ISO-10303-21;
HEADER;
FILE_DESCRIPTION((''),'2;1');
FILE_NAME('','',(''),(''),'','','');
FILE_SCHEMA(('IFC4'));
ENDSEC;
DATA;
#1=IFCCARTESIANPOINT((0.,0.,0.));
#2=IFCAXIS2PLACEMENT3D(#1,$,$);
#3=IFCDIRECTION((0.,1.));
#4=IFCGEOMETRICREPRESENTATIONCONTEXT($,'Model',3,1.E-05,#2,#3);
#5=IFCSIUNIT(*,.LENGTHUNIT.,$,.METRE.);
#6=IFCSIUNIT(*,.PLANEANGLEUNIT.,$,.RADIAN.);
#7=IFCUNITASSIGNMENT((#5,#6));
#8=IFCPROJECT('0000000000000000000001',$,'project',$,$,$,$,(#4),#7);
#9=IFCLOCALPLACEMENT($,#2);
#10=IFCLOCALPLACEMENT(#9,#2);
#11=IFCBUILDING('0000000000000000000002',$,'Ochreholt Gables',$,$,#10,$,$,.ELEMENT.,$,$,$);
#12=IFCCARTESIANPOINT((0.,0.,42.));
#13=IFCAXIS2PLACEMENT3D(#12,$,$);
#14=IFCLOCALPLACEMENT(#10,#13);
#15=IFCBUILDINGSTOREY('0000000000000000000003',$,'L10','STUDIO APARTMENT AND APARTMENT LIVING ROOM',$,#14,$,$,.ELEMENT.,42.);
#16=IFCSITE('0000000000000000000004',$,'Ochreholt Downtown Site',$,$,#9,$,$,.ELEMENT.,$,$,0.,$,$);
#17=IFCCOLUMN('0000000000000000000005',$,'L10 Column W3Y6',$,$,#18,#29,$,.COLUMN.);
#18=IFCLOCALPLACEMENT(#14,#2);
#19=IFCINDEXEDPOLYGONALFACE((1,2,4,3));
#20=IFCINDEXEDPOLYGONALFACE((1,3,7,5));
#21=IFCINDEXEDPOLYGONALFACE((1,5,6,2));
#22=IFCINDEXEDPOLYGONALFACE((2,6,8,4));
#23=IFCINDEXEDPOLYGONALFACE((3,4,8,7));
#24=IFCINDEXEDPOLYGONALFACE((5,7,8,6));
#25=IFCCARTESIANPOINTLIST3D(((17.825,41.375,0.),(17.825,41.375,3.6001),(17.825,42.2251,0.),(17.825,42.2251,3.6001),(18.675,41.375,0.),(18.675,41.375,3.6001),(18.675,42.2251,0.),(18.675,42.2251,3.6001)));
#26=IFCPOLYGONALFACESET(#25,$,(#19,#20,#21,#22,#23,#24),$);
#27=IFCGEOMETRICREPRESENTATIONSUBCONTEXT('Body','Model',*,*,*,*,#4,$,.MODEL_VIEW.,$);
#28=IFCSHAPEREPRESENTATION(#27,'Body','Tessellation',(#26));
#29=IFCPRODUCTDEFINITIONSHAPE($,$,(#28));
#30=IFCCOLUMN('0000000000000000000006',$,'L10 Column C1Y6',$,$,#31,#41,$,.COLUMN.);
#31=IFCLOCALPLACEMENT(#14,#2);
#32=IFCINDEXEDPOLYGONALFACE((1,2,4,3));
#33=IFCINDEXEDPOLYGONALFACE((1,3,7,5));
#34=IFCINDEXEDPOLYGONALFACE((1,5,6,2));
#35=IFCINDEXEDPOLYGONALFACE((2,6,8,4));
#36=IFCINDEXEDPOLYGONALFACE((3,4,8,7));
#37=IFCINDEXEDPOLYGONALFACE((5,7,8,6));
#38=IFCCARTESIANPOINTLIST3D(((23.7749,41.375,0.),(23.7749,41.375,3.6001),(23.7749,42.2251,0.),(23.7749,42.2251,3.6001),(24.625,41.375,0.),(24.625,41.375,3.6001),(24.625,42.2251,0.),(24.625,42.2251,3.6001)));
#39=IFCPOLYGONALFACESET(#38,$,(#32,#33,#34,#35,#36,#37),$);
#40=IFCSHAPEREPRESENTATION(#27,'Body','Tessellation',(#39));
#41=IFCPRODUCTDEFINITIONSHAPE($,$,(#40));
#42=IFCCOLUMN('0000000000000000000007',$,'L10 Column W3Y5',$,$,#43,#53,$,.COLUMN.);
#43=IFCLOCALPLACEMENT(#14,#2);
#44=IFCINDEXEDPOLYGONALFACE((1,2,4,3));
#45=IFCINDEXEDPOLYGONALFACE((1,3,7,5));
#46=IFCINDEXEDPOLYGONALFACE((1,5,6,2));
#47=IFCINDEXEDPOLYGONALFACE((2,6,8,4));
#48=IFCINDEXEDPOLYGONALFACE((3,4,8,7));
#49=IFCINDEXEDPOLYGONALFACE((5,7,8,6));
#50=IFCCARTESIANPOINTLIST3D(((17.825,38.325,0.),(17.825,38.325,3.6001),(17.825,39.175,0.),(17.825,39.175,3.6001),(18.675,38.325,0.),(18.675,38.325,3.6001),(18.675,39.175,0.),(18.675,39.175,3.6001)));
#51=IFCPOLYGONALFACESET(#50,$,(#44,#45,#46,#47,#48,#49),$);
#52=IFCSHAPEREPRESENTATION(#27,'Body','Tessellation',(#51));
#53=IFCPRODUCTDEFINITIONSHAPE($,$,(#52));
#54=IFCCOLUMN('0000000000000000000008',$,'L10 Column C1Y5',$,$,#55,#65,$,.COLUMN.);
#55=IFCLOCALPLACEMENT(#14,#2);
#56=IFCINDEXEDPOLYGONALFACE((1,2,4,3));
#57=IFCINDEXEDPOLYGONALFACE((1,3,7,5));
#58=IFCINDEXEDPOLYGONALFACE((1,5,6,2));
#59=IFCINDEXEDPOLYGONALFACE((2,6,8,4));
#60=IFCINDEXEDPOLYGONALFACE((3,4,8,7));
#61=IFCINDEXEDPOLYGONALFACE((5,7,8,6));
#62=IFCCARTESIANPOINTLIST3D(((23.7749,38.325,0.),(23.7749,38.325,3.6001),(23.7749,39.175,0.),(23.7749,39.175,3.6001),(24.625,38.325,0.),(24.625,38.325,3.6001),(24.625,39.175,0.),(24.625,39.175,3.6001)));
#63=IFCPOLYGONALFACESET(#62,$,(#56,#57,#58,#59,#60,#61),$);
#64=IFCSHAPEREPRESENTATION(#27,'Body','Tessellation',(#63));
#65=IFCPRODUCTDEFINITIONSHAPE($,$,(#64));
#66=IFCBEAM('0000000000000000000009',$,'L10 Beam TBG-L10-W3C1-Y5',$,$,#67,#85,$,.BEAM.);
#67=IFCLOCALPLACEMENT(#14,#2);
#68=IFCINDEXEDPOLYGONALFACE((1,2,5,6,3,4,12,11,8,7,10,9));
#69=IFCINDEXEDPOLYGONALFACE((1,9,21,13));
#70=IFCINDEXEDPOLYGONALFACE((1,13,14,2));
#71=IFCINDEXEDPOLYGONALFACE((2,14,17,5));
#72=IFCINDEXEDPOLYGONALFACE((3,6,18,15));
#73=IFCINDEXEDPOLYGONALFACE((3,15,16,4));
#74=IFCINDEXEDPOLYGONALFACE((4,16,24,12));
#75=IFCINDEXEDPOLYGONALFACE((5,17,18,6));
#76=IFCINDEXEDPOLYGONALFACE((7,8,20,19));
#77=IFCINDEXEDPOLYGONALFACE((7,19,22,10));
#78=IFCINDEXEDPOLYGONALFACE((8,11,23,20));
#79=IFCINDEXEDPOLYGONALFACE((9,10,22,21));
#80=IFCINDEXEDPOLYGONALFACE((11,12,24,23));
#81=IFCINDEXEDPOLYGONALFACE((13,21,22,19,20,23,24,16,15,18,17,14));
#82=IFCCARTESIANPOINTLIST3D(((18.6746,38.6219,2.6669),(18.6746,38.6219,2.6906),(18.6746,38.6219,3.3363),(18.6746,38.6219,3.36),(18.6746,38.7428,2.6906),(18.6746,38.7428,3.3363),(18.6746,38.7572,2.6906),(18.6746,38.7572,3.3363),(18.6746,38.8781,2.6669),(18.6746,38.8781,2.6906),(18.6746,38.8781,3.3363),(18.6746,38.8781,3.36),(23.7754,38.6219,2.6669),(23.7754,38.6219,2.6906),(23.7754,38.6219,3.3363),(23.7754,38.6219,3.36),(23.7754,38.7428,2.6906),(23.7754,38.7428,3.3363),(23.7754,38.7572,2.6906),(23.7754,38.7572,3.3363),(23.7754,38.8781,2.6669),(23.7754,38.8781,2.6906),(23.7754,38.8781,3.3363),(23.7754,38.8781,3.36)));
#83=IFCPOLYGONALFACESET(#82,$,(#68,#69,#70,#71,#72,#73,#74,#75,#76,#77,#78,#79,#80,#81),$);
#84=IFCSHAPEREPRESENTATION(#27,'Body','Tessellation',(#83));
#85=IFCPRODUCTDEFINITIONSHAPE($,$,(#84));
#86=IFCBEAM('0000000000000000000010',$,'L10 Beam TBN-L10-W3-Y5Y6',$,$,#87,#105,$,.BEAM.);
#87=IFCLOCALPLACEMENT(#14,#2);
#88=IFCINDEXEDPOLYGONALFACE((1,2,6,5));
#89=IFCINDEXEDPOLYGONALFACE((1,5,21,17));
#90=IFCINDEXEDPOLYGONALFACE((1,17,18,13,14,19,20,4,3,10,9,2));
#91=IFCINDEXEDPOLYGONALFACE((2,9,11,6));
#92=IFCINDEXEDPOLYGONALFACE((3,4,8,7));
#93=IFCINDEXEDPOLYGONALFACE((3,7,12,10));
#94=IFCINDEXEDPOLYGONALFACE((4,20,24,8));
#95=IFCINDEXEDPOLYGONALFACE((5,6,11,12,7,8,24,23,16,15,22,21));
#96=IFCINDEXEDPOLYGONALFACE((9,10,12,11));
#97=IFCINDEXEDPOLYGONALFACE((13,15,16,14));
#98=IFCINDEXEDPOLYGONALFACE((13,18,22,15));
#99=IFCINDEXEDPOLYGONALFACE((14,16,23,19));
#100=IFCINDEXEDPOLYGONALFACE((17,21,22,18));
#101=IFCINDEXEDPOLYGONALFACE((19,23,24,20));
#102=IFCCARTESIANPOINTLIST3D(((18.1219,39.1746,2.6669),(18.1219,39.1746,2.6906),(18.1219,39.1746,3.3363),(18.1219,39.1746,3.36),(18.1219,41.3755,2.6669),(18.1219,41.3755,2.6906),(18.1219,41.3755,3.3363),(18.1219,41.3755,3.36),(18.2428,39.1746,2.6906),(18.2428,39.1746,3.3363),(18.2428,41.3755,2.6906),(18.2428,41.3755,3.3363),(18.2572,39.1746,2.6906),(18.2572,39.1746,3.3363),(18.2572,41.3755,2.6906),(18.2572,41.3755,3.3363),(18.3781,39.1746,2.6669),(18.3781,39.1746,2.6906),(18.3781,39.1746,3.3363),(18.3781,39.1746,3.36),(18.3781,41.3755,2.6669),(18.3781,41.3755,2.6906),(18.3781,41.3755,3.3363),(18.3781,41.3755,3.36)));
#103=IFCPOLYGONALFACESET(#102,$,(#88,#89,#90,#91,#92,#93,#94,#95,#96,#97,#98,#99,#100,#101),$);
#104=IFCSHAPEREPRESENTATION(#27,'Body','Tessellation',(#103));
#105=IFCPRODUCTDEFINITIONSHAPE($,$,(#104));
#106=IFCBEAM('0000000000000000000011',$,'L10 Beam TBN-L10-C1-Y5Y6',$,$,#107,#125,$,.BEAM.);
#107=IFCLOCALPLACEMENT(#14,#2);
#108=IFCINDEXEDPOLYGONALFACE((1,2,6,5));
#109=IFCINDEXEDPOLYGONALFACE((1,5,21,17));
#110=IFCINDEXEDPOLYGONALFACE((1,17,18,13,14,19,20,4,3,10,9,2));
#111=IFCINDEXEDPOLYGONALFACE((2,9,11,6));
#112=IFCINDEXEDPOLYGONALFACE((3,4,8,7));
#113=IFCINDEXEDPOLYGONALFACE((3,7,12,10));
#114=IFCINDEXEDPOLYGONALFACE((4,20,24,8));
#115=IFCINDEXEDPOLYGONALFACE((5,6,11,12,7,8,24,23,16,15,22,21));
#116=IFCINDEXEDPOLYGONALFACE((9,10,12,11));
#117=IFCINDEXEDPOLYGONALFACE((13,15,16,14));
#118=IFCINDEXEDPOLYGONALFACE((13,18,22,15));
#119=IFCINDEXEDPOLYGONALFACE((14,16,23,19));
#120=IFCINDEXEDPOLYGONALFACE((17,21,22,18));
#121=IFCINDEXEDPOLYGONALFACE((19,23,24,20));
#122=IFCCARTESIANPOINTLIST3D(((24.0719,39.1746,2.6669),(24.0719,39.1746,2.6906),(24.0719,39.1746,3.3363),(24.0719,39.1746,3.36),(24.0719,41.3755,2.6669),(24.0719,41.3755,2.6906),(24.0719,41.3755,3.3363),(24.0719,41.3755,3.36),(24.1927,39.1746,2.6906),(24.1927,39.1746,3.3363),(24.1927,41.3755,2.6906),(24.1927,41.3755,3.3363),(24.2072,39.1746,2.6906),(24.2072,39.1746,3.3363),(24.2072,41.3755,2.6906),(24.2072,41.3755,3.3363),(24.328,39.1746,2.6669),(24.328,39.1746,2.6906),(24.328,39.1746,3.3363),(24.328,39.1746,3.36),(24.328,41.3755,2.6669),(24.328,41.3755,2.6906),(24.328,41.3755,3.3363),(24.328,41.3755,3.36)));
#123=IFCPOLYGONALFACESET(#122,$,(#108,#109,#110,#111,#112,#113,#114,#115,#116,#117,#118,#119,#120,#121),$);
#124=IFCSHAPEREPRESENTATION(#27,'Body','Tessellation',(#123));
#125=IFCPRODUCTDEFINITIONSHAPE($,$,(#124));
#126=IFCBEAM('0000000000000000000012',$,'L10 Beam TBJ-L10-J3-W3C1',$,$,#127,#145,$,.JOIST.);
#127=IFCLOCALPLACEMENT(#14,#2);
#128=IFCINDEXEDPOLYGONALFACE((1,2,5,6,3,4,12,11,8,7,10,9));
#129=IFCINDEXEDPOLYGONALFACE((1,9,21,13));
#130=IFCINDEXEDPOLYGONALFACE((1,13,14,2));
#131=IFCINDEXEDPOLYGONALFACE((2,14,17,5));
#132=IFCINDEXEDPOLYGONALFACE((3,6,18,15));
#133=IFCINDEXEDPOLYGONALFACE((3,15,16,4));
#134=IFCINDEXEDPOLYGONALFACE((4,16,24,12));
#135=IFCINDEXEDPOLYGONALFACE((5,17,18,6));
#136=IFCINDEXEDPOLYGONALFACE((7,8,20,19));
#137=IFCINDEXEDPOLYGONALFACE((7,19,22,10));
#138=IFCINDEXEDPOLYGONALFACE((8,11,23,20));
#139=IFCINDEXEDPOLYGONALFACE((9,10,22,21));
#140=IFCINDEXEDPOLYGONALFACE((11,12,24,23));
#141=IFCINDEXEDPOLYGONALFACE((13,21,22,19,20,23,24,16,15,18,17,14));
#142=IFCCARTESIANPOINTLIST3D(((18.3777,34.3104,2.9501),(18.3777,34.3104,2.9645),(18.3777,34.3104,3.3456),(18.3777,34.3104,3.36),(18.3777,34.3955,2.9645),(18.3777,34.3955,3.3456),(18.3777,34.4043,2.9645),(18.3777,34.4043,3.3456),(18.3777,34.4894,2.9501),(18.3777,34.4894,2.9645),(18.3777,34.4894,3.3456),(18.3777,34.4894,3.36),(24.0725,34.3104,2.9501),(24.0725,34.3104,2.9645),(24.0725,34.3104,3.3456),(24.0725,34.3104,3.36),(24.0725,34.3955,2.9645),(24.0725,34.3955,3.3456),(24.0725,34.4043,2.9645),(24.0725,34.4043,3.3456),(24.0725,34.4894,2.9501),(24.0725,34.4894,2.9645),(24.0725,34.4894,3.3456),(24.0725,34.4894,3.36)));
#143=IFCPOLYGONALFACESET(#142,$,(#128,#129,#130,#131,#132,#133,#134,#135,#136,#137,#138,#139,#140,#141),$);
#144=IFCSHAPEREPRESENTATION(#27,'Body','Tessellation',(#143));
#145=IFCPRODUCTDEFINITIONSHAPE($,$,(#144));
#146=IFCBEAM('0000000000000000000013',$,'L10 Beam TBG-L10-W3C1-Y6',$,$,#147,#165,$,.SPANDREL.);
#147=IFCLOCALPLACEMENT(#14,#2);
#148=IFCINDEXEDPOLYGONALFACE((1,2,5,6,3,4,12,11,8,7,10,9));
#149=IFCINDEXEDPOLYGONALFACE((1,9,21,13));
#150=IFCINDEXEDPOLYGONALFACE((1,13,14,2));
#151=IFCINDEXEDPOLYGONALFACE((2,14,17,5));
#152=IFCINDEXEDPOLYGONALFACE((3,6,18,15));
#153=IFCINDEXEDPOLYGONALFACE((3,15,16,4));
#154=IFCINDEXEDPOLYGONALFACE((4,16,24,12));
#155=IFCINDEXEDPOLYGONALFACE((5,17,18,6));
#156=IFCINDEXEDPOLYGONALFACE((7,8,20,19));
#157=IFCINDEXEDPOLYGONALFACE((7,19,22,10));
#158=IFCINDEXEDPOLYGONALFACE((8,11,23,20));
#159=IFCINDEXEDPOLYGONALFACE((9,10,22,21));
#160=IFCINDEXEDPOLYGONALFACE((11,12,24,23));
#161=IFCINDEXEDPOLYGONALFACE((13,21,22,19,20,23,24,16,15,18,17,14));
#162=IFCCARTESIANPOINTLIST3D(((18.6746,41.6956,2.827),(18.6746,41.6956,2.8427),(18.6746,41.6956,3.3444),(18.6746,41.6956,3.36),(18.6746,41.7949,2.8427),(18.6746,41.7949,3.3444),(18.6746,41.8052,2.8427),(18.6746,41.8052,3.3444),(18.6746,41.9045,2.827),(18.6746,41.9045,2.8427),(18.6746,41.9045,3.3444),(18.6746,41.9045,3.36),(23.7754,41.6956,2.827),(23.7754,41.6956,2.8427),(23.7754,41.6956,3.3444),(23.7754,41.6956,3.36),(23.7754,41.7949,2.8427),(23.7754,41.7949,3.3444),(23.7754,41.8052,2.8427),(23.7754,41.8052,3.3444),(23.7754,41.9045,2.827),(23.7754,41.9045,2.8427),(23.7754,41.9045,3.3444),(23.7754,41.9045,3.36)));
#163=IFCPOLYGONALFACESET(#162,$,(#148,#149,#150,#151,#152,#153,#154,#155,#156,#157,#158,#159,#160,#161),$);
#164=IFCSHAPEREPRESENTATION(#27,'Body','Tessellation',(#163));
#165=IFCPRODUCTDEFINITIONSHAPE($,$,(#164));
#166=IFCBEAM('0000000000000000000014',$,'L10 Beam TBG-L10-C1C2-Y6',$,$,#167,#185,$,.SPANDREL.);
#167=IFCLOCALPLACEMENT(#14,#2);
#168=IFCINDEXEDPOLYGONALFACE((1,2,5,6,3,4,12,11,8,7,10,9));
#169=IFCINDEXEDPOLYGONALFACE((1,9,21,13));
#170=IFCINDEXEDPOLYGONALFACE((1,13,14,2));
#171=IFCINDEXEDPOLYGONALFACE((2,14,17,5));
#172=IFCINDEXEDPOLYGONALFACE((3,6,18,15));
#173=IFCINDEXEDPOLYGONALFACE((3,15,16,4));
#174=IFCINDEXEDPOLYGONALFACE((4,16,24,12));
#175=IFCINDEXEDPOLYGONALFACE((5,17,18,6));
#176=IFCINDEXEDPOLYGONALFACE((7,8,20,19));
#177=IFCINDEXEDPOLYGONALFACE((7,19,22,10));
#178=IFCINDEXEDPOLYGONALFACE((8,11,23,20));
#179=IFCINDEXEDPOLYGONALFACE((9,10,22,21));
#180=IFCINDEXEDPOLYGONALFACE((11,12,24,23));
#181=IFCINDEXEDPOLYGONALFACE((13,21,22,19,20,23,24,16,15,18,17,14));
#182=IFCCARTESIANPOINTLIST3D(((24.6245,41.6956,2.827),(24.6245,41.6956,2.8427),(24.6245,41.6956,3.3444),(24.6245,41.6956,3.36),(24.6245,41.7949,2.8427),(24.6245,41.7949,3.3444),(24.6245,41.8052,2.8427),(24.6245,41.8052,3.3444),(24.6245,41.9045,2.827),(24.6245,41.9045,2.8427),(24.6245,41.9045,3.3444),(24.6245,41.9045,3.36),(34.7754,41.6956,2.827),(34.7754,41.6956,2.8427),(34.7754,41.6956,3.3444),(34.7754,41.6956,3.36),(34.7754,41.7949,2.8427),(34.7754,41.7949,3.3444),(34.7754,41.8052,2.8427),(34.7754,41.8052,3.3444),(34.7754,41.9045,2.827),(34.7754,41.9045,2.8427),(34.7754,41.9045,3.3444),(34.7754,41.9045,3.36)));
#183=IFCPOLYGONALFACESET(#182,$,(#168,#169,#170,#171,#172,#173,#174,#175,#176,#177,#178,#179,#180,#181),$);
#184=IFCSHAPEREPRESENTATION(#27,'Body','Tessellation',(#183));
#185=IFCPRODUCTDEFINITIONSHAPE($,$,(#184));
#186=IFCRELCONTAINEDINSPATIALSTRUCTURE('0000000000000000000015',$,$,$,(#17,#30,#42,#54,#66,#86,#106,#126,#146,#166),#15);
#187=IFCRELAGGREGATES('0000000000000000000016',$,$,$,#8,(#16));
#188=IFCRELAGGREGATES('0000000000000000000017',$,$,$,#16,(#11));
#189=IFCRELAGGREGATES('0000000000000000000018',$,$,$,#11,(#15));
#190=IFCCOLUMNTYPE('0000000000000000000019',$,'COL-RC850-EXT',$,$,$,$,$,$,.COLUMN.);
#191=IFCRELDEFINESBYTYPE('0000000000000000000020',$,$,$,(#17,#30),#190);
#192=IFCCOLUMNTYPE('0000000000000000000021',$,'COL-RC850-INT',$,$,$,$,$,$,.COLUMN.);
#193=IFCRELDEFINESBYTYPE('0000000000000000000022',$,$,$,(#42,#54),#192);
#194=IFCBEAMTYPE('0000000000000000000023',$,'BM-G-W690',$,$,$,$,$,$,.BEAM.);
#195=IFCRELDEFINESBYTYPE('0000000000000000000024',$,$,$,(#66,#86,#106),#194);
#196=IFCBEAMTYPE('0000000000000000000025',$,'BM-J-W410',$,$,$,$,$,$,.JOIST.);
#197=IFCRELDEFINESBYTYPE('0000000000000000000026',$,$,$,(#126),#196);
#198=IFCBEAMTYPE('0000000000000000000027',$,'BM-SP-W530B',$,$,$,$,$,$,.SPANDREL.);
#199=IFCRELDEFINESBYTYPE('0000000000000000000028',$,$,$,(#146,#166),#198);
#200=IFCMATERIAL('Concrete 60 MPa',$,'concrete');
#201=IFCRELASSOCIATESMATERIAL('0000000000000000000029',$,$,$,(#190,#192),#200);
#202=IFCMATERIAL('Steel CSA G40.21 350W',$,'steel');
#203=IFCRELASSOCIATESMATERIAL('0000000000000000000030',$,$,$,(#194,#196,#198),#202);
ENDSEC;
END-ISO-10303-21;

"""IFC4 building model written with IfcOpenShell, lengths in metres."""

from ifc_helpers import new_model, si_unit, direction, frame, origin, origin_2d, place, context, subcontext, project, spatial, rectangle, i_section, extrude, material, material_profile, profile_set, type_object, element, save


model = new_model("IFC4")

# Units and contexts
model_context = context("Model", 3, precision=1e-05, world=origin(), true_north=direction((0.0, 1.0)))
body_context = subcontext(model_context, "Body", "Model", "MODEL_VIEW")
ifc_project = project(units=[si_unit("LENGTHUNIT", "METRE"), si_unit("PLANEANGLEUNIT", "RADIAN")], contexts=[model_context])

# Site, building, storey
site_placement = place(None, origin())
site = spatial("IfcSite", under=ifc_project, at=site_placement, Name="Ochreholt Downtown Site", CompositionType="ELEMENT", RefElevation=0.0)
building_placement = place(site_placement, origin())
building = spatial("IfcBuilding", under=site, at=building_placement, Name="Ochreholt Gables", CompositionType="ELEMENT")
storey_placement = place(building_placement, frame((0.0, 0.0, 42.0)))
storey = spatial("IfcBuildingStorey", under=building, at=storey_placement, Name="L10", Description="STUDIO APARTMENT AND APARTMENT LIVING ROOM", CompositionType="ELEMENT", Elevation=42.0)

# Columns
ifc_material_1 = material(Name="Concrete 60 MPa", Category="concrete")
ifc_material_profile_1 = material_profile(ifc_material_1, rectangle(XDim=0.8501, YDim=0.8501, at=origin_2d()), Name="RC850X850")
ifc_profile_set_1 = profile_set([ifc_material_profile_1], Name="Concrete 60 MPa")
column_type_1 = type_object("IfcColumnType", Name="COL-RC850-EXT", PredefinedType="COLUMN", material=ifc_profile_set_1)
for number, where, z_axis, x_axis, name in (
    (1, (18.25, 41.8, 0.0), (0.0, 0.0, 1.0), (1.0, 0.0, 0.0), "L10 Column W3Y6"),
    (2, (24.2, 41.8, 0.0), (0.0, 0.0, 1.0), (1.0, 0.0, 0.0), "L10 Column C1Y6"),
):
    element("IfcColumn", number, at=place(storey_placement, frame(where, z_axis=z_axis, x_axis=x_axis)), inside=storey, type_object=column_type_1, Name=name, PredefinedType="COLUMN", context=body_context, shape_type="SweptSolid", body=[
        extrude(rectangle(XDim=0.8501, YDim=0.8501, at=origin_2d()), origin(), (0.0, 0.0, 1.0), 3.6001),
    ])
ifc_material_profile_2 = material_profile(ifc_material_1, rectangle(XDim=0.8501, YDim=0.8501, at=origin_2d()), Name="RC850X850")
ifc_profile_set_2 = profile_set([ifc_material_profile_2], Name="Concrete 60 MPa")
column_type_2 = type_object("IfcColumnType", Name="COL-RC850-INT", PredefinedType="COLUMN", material=ifc_profile_set_2)
for number, where, z_axis, x_axis, name in (
    (3, (18.25, 38.75, 0.0), (0.0, 0.0, 1.0), (1.0, 0.0, 0.0), "L10 Column W3Y5"),
    (4, (24.2, 38.75, 0.0), (0.0, 0.0, 1.0), (1.0, 0.0, 0.0), "L10 Column C1Y5"),
):
    element("IfcColumn", number, at=place(storey_placement, frame(where, z_axis=z_axis, x_axis=x_axis)), inside=storey, type_object=column_type_2, Name=name, PredefinedType="COLUMN", context=body_context, shape_type="SweptSolid", body=[
        extrude(rectangle(XDim=0.8501, YDim=0.8501, at=origin_2d()), origin(), (0.0, 0.0, 1.0), 3.6001),
    ])

# Beams
ifc_material_2 = material(Name="Steel CSA G40.21 350W", Category="steel")
ifc_material_profile_3 = material_profile(ifc_material_2, i_section(OverallWidth=0.2561, OverallDepth=0.6931, WebThickness=0.0144, FlangeThickness=0.0237, at=origin_2d()), Name="W690X170")
ifc_profile_set_3 = profile_set([ifc_material_profile_3], Name="Steel CSA G40.21 350W")
beam_type_1 = type_object("IfcBeamType", Name="BM-G-W690", PredefinedType="BEAM", material=ifc_profile_set_3)
beam_1_placement = place(storey_placement, frame((18.6746, 38.75, 3.0134), z_axis=(1.0, 0.0, 0.0), x_axis=(0.0, 1.0, 0.0)))
element("IfcBeam", 5, at=beam_1_placement, inside=storey, type_object=beam_type_1, Name="L10 Beam TBG-L10-W3C1-Y5", PredefinedType="BEAM", context=body_context, shape_type="SweptSolid", body=[
    extrude(i_section(OverallWidth=0.2561, OverallDepth=0.6931, WebThickness=0.0144, FlangeThickness=0.0237, at=origin_2d()), origin(), (0.0, 0.0, 1.0), 5.1008),
])
for number, where, z_axis, x_axis, name in (
    (6, (18.25, 39.1746, 3.0134), (0.0, 1.0, 0.0), (-1.0, 0.0, 0.0), "L10 Beam TBN-L10-W3-Y5Y6"),
    (7, (24.2, 39.1746, 3.0134), (0.0, 1.0, 0.0), (-1.0, 0.0, 0.0), "L10 Beam TBN-L10-C1-Y5Y6"),
):
    element("IfcBeam", number, at=place(storey_placement, frame(where, z_axis=z_axis, x_axis=x_axis)), inside=storey, type_object=beam_type_1, Name=name, PredefinedType="BEAM", context=body_context, shape_type="SweptSolid", body=[
        extrude(i_section(OverallWidth=0.2561, OverallDepth=0.6931, WebThickness=0.0144, FlangeThickness=0.0237, at=origin_2d()), origin(), (0.0, 0.0, 1.0), 2.2009),
    ])
ifc_material_profile_4 = material_profile(ifc_material_2, i_section(OverallWidth=0.179, OverallDepth=0.4099, WebThickness=0.0088, FlangeThickness=0.0144, at=origin_2d()), Name="W410X67")
ifc_profile_set_4 = profile_set([ifc_material_profile_4], Name="Steel CSA G40.21 350W")
beam_type_2 = type_object("IfcBeamType", Name="BM-J-W410", PredefinedType="JOIST", material=ifc_profile_set_4)
beam_2_placement = place(storey_placement, frame((18.3777, 34.3999, 3.155), z_axis=(1.0, 0.0, 0.0), x_axis=(0.0, 1.0, 0.0)))
element("IfcBeam", 8, at=beam_2_placement, inside=storey, type_object=beam_type_2, Name="L10 Beam TBJ-L10-J3-W3C1", PredefinedType="JOIST", context=body_context, shape_type="SweptSolid", body=[
    extrude(i_section(OverallWidth=0.179, OverallDepth=0.4099, WebThickness=0.0088, FlangeThickness=0.0144, at=origin_2d()), origin(), (0.0, 0.0, 1.0), 5.6948),
])
ifc_material_profile_5 = material_profile(ifc_material_2, i_section(OverallWidth=0.209, OverallDepth=0.533, WebThickness=0.0103, FlangeThickness=0.0156, at=origin_2d()), Name="W530X92")
ifc_profile_set_5 = profile_set([ifc_material_profile_5], Name="Steel CSA G40.21 350W")
beam_type_3 = type_object("IfcBeamType", Name="BM-SP-W530B", PredefinedType="SPANDREL", material=ifc_profile_set_5)
beam_3_placement = place(storey_placement, frame((18.6746, 41.8, 3.0935), z_axis=(1.0, 0.0, 0.0), x_axis=(0.0, 1.0, 0.0)))
element("IfcBeam", 9, at=beam_3_placement, inside=storey, type_object=beam_type_3, Name="L10 Beam TBG-L10-W3C1-Y6", PredefinedType="SPANDREL", context=body_context, shape_type="SweptSolid", body=[
    extrude(i_section(OverallWidth=0.209, OverallDepth=0.533, WebThickness=0.0103, FlangeThickness=0.0156, at=origin_2d()), origin(), (0.0, 0.0, 1.0), 5.1008),
])
beam_4_placement = place(storey_placement, frame((24.6245, 41.8, 3.0935), z_axis=(1.0, 0.0, 0.0), x_axis=(0.0, 1.0, 0.0)))
element("IfcBeam", 10, at=beam_4_placement, inside=storey, type_object=beam_type_3, Name="L10 Beam TBG-L10-C1C2-Y6", PredefinedType="SPANDREL", context=body_context, shape_type="SweptSolid", body=[
    extrude(i_section(OverallWidth=0.209, OverallDepth=0.533, WebThickness=0.0103, FlangeThickness=0.0156, at=origin_2d()), origin(), (0.0, 0.0, 1.0), 10.1509),
])

save(model, "model.ifc")
